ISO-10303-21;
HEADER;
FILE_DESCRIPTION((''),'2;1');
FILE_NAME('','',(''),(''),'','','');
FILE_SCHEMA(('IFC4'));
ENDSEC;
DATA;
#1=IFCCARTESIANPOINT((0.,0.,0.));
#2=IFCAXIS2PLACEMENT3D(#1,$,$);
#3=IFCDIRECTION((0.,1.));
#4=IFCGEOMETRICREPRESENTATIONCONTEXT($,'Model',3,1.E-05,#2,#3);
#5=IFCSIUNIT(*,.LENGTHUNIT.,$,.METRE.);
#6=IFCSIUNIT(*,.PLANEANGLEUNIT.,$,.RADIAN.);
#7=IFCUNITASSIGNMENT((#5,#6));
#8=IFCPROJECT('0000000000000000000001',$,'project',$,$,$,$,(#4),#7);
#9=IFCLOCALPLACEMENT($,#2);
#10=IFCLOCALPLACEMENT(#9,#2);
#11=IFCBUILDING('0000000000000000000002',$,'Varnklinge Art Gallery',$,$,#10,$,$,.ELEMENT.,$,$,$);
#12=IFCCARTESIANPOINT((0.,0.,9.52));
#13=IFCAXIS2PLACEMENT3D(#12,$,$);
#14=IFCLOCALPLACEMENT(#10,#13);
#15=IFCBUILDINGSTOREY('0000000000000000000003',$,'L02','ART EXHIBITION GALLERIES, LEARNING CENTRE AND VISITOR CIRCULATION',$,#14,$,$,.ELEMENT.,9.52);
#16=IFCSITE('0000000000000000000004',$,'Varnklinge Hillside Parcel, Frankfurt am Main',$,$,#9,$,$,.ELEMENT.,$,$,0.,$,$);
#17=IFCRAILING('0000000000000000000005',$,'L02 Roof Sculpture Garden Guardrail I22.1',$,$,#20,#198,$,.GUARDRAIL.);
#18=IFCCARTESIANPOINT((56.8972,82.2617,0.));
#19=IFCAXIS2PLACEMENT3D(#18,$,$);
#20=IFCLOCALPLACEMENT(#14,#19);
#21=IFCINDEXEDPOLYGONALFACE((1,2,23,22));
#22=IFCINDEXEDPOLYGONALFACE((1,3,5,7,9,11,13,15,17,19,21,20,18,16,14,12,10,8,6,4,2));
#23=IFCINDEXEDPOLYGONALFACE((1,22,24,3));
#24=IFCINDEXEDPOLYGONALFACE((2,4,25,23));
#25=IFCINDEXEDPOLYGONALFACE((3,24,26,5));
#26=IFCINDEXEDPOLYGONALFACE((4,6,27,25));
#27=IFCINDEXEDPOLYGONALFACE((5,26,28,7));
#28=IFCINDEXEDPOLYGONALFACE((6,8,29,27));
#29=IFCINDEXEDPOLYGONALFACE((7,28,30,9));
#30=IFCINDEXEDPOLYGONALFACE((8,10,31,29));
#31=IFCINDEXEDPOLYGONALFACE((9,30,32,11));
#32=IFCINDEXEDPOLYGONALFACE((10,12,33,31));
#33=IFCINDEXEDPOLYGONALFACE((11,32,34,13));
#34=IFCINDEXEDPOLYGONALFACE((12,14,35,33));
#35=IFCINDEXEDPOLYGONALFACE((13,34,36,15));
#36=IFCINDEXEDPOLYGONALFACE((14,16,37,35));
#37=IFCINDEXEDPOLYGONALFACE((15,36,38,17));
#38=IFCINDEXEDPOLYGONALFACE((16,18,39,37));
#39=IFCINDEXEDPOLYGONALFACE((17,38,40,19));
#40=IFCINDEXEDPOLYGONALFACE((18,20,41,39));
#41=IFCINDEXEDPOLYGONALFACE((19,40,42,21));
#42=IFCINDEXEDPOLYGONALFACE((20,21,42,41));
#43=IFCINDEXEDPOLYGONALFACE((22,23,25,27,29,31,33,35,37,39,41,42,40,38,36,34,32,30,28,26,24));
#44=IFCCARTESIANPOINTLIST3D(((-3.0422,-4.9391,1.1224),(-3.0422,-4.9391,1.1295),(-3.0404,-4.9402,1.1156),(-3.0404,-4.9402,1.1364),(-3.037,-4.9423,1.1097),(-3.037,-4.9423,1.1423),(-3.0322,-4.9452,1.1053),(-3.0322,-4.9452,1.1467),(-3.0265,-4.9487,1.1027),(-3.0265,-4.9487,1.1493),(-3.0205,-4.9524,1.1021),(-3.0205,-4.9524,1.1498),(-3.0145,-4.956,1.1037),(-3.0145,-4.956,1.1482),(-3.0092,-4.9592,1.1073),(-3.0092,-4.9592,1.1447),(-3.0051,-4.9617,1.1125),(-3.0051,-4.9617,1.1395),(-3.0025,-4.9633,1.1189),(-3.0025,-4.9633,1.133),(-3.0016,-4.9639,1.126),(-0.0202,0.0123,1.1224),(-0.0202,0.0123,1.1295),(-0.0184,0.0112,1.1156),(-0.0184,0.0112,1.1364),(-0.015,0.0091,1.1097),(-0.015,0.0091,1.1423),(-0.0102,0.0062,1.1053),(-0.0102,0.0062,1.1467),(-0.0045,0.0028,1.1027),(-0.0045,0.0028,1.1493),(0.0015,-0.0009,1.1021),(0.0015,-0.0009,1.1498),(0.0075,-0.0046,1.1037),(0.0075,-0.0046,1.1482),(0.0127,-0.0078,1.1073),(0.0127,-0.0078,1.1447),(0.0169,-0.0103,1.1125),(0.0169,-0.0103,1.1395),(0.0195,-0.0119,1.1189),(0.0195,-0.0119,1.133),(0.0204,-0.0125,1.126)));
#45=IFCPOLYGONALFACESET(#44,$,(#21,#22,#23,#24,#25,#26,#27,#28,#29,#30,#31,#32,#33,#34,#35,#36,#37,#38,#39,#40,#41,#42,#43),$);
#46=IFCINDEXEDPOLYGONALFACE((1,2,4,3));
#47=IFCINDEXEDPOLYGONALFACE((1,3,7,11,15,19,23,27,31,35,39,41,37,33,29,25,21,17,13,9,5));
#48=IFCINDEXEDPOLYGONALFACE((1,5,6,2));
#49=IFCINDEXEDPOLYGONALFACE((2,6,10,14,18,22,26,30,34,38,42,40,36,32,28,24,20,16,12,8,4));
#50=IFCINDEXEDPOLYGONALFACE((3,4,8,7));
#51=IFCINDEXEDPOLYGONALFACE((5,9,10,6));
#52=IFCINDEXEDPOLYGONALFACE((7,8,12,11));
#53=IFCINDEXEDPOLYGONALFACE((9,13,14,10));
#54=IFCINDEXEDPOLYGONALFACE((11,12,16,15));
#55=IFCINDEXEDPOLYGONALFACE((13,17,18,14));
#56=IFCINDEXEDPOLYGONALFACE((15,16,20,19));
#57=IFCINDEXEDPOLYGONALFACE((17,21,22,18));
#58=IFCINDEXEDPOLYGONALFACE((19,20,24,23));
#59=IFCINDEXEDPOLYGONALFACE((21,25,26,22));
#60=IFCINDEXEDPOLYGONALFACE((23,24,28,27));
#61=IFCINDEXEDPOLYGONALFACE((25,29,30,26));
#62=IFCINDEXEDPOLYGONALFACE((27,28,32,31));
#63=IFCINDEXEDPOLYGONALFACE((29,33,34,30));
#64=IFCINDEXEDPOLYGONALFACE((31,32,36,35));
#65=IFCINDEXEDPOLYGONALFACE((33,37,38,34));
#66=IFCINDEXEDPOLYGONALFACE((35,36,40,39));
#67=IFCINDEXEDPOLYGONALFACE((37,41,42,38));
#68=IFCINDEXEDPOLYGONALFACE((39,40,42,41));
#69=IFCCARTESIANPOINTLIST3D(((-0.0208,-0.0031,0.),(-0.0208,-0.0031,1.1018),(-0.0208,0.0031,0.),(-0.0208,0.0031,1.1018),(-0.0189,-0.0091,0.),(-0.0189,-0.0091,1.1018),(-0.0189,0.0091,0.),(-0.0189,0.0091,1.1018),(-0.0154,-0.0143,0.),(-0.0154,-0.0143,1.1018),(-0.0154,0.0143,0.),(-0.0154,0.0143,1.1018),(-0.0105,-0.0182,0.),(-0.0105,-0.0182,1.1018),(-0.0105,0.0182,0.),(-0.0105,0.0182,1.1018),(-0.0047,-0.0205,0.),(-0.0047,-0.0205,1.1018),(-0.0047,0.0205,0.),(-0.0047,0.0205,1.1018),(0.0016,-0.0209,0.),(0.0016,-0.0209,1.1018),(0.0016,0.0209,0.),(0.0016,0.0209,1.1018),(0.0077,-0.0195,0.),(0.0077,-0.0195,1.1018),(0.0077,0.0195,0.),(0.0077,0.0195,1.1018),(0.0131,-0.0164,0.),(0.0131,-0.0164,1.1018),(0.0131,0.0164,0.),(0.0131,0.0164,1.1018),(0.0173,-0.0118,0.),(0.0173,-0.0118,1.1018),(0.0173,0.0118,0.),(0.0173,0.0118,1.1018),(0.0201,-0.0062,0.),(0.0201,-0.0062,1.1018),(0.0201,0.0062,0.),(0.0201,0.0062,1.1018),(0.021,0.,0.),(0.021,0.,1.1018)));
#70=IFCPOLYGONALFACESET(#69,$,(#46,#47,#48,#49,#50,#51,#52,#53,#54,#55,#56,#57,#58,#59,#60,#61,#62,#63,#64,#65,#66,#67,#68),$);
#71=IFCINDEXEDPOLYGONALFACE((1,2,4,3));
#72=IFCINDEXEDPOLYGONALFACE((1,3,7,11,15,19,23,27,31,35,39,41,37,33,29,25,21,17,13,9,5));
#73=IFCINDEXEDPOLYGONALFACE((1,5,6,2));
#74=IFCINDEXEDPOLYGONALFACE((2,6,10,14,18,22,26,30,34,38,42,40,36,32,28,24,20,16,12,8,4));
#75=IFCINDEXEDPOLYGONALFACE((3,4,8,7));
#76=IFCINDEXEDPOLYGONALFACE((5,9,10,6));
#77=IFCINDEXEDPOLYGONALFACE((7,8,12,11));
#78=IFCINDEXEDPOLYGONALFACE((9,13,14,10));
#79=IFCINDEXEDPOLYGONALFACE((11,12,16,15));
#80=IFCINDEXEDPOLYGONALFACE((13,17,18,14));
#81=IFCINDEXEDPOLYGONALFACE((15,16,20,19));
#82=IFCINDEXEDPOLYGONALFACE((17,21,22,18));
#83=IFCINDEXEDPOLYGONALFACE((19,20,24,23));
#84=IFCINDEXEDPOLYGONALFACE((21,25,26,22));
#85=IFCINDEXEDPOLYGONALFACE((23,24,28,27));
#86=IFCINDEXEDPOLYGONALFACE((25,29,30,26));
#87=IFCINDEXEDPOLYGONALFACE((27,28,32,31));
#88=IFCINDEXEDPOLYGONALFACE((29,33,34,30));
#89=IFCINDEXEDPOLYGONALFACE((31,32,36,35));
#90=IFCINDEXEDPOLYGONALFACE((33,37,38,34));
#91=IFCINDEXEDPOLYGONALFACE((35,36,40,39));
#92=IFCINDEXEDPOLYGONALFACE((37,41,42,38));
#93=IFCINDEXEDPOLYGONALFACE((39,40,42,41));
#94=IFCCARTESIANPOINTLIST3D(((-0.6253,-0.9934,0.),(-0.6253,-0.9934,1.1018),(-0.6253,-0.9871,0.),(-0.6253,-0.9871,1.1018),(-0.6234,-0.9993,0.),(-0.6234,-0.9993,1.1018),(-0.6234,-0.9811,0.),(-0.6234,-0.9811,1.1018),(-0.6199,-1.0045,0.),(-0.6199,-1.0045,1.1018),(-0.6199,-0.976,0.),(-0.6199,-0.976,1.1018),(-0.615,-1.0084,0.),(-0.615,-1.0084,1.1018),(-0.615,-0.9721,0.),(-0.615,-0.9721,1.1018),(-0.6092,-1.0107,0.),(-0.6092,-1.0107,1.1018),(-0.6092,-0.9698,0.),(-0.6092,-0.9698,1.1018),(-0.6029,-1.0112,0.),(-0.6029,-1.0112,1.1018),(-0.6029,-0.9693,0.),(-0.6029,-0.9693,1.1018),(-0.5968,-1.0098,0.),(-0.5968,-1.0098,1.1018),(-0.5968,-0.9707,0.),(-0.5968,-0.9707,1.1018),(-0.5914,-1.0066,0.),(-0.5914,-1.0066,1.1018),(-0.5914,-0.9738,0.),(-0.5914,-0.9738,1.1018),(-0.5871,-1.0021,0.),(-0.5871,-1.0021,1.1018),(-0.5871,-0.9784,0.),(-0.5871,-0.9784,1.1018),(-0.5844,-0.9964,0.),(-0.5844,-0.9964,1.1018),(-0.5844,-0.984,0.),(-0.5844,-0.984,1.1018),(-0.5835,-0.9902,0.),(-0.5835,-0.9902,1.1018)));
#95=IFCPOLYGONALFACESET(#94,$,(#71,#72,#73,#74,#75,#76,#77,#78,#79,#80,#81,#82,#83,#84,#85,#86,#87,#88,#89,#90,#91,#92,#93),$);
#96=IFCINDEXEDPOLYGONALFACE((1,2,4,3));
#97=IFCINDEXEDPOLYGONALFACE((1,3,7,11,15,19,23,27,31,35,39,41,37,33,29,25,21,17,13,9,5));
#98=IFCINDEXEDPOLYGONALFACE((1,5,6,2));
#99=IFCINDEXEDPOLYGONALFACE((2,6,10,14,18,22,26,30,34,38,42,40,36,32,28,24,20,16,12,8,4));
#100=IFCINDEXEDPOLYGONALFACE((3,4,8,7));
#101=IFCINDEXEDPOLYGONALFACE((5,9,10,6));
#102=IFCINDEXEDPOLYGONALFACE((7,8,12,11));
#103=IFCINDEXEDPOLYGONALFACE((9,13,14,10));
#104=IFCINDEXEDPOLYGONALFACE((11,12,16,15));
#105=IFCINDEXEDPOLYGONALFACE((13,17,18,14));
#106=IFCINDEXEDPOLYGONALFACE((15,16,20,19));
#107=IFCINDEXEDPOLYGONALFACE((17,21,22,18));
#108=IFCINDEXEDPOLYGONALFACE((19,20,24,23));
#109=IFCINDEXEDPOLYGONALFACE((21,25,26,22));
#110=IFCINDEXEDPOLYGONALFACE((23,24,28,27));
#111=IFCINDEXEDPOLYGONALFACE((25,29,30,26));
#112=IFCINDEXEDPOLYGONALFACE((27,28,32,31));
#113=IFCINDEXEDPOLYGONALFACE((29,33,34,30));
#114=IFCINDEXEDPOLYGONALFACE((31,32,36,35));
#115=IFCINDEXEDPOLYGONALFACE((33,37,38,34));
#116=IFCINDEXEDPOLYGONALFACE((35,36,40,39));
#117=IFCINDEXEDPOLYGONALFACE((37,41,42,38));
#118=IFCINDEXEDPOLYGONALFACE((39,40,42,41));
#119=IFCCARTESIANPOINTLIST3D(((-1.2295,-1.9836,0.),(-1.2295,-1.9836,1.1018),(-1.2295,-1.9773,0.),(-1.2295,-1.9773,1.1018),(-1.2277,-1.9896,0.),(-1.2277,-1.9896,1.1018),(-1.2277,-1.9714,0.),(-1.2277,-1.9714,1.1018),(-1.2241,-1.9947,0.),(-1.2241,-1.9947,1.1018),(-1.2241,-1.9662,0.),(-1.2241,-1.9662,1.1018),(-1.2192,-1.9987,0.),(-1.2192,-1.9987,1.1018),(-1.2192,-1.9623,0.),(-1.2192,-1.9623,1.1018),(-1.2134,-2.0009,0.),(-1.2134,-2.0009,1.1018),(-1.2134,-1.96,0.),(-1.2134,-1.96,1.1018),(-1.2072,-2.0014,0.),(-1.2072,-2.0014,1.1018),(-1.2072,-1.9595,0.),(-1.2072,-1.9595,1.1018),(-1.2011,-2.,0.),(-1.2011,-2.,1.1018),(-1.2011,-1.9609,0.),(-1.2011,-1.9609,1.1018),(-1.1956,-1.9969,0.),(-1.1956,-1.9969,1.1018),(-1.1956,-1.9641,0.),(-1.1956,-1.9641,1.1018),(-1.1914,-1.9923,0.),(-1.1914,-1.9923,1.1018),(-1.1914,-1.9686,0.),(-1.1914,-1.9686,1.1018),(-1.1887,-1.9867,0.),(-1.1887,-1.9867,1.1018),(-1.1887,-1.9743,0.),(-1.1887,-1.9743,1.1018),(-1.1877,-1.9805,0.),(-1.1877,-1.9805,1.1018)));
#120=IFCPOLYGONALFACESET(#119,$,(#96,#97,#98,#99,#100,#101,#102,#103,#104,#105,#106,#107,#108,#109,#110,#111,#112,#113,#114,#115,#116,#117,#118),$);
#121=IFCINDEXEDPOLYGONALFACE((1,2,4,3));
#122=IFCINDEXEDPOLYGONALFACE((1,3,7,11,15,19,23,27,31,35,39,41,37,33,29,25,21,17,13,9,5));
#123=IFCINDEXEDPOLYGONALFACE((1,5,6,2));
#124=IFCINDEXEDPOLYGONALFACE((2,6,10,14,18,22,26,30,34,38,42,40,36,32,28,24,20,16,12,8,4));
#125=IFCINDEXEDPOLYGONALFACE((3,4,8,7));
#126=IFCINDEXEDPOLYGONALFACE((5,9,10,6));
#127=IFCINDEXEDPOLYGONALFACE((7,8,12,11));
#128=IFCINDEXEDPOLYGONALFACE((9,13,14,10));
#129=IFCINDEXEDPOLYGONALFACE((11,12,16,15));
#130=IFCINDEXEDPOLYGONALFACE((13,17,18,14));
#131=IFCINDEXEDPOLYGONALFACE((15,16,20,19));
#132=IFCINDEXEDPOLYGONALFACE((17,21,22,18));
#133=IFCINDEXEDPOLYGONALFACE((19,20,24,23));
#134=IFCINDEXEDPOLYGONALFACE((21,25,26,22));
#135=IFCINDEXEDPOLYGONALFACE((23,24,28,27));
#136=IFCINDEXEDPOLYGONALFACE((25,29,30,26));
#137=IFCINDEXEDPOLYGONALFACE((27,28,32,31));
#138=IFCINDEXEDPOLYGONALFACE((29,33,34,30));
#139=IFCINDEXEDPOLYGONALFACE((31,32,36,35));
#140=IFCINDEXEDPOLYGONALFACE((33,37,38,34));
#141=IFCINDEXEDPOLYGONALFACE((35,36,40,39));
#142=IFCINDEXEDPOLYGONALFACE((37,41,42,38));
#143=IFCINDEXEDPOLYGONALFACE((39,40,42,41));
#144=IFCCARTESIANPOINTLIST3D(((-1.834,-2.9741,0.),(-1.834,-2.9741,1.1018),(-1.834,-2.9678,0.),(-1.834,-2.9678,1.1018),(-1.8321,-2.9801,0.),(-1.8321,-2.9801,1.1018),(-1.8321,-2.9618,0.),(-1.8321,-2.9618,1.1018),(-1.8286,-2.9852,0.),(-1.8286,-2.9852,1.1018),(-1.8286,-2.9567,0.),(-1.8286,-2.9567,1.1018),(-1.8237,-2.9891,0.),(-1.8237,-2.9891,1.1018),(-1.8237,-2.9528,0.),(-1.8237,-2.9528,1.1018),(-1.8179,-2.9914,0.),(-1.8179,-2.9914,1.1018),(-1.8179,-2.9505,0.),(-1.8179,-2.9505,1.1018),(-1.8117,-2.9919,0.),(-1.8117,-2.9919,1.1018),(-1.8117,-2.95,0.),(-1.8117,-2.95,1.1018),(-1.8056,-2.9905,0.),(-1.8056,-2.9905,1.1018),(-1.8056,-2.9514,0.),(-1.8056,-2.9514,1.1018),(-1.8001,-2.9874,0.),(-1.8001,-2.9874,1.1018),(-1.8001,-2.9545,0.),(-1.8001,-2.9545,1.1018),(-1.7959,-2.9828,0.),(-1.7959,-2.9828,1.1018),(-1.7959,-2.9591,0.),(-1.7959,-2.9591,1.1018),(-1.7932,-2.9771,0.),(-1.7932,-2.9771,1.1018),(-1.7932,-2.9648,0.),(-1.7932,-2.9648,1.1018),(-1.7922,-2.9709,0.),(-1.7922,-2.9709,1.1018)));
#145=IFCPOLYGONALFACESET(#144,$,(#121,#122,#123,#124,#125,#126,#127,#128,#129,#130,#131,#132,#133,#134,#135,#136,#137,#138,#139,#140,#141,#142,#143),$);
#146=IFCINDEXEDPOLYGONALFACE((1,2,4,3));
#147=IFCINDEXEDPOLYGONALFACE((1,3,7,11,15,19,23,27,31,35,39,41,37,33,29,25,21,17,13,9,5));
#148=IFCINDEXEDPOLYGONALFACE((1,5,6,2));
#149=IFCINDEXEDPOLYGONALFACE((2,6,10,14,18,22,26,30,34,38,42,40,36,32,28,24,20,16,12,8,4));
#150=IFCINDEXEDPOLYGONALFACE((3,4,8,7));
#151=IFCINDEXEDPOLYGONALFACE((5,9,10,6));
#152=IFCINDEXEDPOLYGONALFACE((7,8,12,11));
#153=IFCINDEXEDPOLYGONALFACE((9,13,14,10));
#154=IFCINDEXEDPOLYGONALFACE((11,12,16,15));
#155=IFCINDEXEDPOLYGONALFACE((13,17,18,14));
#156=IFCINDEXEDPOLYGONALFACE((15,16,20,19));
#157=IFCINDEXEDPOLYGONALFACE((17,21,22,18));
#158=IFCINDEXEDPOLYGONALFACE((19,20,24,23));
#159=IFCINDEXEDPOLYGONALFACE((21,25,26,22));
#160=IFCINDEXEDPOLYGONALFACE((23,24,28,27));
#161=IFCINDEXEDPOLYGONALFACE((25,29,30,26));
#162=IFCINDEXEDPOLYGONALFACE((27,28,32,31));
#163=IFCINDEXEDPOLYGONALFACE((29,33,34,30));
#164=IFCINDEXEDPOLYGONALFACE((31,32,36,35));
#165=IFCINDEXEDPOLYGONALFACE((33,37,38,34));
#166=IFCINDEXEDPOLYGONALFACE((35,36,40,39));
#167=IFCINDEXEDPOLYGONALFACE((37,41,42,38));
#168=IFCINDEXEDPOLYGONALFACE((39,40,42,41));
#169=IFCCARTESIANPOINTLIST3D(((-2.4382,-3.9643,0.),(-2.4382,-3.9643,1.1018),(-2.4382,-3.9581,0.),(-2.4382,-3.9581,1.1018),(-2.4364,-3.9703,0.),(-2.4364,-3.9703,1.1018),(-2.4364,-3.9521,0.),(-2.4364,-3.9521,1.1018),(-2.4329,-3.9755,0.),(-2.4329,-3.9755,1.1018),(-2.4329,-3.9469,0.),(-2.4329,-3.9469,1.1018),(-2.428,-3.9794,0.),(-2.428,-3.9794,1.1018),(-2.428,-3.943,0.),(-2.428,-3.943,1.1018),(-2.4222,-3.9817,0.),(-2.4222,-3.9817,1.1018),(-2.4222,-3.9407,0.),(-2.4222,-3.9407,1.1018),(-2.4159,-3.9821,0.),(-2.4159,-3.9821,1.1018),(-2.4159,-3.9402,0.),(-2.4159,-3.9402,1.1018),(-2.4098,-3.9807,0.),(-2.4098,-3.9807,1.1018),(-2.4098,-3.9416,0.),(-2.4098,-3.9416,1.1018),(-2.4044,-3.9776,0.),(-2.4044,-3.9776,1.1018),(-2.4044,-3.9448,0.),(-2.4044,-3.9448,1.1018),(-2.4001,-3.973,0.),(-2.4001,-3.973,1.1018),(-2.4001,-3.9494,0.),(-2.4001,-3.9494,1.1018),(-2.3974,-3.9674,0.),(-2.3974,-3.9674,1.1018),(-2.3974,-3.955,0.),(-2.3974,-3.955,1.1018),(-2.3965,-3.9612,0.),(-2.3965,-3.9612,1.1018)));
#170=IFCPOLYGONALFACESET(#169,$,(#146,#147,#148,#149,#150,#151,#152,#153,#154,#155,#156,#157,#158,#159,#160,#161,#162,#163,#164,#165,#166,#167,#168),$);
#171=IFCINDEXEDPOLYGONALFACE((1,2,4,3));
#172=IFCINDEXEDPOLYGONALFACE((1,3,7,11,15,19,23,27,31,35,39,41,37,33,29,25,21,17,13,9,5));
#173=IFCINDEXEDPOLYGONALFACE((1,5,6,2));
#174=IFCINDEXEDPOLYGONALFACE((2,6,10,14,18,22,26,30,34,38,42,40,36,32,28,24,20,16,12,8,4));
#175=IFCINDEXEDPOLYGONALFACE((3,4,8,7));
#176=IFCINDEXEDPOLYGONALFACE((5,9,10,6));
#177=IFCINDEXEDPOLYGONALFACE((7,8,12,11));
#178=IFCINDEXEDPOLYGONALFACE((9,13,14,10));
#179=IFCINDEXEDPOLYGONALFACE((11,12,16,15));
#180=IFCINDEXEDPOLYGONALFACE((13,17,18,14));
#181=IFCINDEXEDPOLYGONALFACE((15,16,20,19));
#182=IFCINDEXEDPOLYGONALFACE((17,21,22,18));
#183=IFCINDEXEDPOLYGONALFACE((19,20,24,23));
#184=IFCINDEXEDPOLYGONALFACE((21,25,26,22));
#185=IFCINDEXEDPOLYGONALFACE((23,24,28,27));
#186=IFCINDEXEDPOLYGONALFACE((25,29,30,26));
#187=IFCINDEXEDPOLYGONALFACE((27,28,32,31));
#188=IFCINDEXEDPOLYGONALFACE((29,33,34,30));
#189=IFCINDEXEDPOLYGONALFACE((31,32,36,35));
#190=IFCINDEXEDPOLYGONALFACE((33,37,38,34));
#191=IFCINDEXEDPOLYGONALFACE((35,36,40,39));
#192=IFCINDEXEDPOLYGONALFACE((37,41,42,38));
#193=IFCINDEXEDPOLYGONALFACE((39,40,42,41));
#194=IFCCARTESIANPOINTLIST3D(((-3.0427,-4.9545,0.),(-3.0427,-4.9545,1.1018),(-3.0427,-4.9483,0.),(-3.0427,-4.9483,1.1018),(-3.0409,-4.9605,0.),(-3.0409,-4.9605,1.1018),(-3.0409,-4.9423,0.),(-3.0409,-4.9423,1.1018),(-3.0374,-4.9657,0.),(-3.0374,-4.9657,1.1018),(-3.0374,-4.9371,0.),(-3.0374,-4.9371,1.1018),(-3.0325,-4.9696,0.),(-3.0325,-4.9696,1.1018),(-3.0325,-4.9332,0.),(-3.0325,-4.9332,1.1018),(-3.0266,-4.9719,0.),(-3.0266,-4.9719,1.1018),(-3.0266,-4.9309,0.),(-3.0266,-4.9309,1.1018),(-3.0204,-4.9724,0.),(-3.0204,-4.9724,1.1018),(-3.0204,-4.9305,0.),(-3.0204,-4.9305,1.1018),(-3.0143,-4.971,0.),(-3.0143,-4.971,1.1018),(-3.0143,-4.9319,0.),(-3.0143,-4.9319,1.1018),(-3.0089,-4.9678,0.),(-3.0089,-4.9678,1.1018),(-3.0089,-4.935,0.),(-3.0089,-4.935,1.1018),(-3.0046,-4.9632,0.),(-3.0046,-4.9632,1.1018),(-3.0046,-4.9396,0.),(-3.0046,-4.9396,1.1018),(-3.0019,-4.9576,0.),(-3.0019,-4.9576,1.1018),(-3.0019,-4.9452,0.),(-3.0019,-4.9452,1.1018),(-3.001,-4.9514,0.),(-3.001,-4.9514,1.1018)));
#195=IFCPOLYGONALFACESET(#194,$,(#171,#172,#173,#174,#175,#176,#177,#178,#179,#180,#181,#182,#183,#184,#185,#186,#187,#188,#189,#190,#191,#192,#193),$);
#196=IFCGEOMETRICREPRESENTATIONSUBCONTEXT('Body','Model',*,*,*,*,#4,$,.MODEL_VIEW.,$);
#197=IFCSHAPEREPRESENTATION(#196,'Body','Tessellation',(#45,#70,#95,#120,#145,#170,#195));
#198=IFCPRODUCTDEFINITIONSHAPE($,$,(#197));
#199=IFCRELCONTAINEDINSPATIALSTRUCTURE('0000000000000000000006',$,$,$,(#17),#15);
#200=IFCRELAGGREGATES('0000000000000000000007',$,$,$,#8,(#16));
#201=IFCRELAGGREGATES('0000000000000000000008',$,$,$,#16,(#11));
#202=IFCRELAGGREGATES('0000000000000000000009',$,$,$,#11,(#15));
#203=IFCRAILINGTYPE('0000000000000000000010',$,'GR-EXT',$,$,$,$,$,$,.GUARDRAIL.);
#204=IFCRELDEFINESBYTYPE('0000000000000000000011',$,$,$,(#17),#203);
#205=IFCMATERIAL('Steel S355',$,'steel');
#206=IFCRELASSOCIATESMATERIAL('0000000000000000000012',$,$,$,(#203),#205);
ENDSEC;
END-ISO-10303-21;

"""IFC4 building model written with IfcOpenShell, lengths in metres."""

from ifc_helpers import new_model, si_unit, direction, frame, origin, origin_2d, place, context, subcontext, project, spatial, circle, extrude, material, type_object, element, save


model = new_model("IFC4")

# Units and contexts
model_context = context("Model", 3, precision=1e-05, world=origin(), true_north=direction((0.0, 1.0)))
body_context = subcontext(model_context, "Body", "Model", "MODEL_VIEW")
ifc_project = project(units=[si_unit("LENGTHUNIT", "METRE"), si_unit("PLANEANGLEUNIT", "RADIAN")], contexts=[model_context])

# Site, building, storey
site_placement = place(None, origin())
site = spatial("IfcSite", under=ifc_project, at=site_placement, Name="Varnklinge Hillside Parcel, Frankfurt am Main", CompositionType="ELEMENT", RefElevation=0.0)
building_placement = place(site_placement, origin())
building = spatial("IfcBuilding", under=site, at=building_placement, Name="Varnklinge Art Gallery", CompositionType="ELEMENT")
storey_placement = place(building_placement, frame((0.0, 0.0, 9.52)))
storey = spatial("IfcBuildingStorey", under=building, at=storey_placement, Name="L02", Description="ART EXHIBITION GALLERIES, LEARNING CENTRE AND VISITOR CIRCULATION", CompositionType="ELEMENT", Elevation=9.52)

# Railing
ifc_material_1 = material(Name="Steel S355", Category="steel")
railing_type_1 = type_object("IfcRailingType", Name="GR-EXT", PredefinedType="GUARDRAIL", material=ifc_material_1)
railing_1_placement = place(storey_placement, frame((56.8972, 82.2617, 0.0)))
element("IfcRailing", 1, at=railing_1_placement, inside=storey, type_object=railing_type_1, Name="L02 Roof Sculpture Garden Guardrail I22.1", PredefinedType="GUARDRAIL", context=body_context, shape_type="SweptSolid", body=[
    extrude(circle(Radius=0.0239, at=origin_2d()), frame((0.0, 0.0, 1.126), z_axis=(-0.520961, -0.85358, 0.0), x_axis=(0.85358, -0.520961, 0.0)), (0.0, 0.0, 1.0), 5.8008),
    extrude(circle(Radius=0.021, at=origin_2d()), origin(), (0.0, 0.0, 1.0), 1.1018),
    extrude(circle(Radius=0.021, at=origin_2d()), frame((-0.6045, -0.9902, 0.0)), (0.0, 0.0, 1.0), 1.1018),
    extrude(circle(Radius=0.021, at=origin_2d()), frame((-1.2087, -1.9805, 0.0)), (0.0, 0.0, 1.0), 1.1018),
    extrude(circle(Radius=0.021, at=origin_2d()), frame((-1.8132, -2.9709, 0.0)), (0.0, 0.0, 1.0), 1.1018),
    extrude(circle(Radius=0.021, at=origin_2d()), frame((-2.4175, -3.9612, 0.0)), (0.0, 0.0, 1.0), 1.1018),
    extrude(circle(Radius=0.021, at=origin_2d()), frame((-3.022, -4.9514, 0.0)), (0.0, 0.0, 1.0), 1.1018),
])

save(model, "model.ifc")
